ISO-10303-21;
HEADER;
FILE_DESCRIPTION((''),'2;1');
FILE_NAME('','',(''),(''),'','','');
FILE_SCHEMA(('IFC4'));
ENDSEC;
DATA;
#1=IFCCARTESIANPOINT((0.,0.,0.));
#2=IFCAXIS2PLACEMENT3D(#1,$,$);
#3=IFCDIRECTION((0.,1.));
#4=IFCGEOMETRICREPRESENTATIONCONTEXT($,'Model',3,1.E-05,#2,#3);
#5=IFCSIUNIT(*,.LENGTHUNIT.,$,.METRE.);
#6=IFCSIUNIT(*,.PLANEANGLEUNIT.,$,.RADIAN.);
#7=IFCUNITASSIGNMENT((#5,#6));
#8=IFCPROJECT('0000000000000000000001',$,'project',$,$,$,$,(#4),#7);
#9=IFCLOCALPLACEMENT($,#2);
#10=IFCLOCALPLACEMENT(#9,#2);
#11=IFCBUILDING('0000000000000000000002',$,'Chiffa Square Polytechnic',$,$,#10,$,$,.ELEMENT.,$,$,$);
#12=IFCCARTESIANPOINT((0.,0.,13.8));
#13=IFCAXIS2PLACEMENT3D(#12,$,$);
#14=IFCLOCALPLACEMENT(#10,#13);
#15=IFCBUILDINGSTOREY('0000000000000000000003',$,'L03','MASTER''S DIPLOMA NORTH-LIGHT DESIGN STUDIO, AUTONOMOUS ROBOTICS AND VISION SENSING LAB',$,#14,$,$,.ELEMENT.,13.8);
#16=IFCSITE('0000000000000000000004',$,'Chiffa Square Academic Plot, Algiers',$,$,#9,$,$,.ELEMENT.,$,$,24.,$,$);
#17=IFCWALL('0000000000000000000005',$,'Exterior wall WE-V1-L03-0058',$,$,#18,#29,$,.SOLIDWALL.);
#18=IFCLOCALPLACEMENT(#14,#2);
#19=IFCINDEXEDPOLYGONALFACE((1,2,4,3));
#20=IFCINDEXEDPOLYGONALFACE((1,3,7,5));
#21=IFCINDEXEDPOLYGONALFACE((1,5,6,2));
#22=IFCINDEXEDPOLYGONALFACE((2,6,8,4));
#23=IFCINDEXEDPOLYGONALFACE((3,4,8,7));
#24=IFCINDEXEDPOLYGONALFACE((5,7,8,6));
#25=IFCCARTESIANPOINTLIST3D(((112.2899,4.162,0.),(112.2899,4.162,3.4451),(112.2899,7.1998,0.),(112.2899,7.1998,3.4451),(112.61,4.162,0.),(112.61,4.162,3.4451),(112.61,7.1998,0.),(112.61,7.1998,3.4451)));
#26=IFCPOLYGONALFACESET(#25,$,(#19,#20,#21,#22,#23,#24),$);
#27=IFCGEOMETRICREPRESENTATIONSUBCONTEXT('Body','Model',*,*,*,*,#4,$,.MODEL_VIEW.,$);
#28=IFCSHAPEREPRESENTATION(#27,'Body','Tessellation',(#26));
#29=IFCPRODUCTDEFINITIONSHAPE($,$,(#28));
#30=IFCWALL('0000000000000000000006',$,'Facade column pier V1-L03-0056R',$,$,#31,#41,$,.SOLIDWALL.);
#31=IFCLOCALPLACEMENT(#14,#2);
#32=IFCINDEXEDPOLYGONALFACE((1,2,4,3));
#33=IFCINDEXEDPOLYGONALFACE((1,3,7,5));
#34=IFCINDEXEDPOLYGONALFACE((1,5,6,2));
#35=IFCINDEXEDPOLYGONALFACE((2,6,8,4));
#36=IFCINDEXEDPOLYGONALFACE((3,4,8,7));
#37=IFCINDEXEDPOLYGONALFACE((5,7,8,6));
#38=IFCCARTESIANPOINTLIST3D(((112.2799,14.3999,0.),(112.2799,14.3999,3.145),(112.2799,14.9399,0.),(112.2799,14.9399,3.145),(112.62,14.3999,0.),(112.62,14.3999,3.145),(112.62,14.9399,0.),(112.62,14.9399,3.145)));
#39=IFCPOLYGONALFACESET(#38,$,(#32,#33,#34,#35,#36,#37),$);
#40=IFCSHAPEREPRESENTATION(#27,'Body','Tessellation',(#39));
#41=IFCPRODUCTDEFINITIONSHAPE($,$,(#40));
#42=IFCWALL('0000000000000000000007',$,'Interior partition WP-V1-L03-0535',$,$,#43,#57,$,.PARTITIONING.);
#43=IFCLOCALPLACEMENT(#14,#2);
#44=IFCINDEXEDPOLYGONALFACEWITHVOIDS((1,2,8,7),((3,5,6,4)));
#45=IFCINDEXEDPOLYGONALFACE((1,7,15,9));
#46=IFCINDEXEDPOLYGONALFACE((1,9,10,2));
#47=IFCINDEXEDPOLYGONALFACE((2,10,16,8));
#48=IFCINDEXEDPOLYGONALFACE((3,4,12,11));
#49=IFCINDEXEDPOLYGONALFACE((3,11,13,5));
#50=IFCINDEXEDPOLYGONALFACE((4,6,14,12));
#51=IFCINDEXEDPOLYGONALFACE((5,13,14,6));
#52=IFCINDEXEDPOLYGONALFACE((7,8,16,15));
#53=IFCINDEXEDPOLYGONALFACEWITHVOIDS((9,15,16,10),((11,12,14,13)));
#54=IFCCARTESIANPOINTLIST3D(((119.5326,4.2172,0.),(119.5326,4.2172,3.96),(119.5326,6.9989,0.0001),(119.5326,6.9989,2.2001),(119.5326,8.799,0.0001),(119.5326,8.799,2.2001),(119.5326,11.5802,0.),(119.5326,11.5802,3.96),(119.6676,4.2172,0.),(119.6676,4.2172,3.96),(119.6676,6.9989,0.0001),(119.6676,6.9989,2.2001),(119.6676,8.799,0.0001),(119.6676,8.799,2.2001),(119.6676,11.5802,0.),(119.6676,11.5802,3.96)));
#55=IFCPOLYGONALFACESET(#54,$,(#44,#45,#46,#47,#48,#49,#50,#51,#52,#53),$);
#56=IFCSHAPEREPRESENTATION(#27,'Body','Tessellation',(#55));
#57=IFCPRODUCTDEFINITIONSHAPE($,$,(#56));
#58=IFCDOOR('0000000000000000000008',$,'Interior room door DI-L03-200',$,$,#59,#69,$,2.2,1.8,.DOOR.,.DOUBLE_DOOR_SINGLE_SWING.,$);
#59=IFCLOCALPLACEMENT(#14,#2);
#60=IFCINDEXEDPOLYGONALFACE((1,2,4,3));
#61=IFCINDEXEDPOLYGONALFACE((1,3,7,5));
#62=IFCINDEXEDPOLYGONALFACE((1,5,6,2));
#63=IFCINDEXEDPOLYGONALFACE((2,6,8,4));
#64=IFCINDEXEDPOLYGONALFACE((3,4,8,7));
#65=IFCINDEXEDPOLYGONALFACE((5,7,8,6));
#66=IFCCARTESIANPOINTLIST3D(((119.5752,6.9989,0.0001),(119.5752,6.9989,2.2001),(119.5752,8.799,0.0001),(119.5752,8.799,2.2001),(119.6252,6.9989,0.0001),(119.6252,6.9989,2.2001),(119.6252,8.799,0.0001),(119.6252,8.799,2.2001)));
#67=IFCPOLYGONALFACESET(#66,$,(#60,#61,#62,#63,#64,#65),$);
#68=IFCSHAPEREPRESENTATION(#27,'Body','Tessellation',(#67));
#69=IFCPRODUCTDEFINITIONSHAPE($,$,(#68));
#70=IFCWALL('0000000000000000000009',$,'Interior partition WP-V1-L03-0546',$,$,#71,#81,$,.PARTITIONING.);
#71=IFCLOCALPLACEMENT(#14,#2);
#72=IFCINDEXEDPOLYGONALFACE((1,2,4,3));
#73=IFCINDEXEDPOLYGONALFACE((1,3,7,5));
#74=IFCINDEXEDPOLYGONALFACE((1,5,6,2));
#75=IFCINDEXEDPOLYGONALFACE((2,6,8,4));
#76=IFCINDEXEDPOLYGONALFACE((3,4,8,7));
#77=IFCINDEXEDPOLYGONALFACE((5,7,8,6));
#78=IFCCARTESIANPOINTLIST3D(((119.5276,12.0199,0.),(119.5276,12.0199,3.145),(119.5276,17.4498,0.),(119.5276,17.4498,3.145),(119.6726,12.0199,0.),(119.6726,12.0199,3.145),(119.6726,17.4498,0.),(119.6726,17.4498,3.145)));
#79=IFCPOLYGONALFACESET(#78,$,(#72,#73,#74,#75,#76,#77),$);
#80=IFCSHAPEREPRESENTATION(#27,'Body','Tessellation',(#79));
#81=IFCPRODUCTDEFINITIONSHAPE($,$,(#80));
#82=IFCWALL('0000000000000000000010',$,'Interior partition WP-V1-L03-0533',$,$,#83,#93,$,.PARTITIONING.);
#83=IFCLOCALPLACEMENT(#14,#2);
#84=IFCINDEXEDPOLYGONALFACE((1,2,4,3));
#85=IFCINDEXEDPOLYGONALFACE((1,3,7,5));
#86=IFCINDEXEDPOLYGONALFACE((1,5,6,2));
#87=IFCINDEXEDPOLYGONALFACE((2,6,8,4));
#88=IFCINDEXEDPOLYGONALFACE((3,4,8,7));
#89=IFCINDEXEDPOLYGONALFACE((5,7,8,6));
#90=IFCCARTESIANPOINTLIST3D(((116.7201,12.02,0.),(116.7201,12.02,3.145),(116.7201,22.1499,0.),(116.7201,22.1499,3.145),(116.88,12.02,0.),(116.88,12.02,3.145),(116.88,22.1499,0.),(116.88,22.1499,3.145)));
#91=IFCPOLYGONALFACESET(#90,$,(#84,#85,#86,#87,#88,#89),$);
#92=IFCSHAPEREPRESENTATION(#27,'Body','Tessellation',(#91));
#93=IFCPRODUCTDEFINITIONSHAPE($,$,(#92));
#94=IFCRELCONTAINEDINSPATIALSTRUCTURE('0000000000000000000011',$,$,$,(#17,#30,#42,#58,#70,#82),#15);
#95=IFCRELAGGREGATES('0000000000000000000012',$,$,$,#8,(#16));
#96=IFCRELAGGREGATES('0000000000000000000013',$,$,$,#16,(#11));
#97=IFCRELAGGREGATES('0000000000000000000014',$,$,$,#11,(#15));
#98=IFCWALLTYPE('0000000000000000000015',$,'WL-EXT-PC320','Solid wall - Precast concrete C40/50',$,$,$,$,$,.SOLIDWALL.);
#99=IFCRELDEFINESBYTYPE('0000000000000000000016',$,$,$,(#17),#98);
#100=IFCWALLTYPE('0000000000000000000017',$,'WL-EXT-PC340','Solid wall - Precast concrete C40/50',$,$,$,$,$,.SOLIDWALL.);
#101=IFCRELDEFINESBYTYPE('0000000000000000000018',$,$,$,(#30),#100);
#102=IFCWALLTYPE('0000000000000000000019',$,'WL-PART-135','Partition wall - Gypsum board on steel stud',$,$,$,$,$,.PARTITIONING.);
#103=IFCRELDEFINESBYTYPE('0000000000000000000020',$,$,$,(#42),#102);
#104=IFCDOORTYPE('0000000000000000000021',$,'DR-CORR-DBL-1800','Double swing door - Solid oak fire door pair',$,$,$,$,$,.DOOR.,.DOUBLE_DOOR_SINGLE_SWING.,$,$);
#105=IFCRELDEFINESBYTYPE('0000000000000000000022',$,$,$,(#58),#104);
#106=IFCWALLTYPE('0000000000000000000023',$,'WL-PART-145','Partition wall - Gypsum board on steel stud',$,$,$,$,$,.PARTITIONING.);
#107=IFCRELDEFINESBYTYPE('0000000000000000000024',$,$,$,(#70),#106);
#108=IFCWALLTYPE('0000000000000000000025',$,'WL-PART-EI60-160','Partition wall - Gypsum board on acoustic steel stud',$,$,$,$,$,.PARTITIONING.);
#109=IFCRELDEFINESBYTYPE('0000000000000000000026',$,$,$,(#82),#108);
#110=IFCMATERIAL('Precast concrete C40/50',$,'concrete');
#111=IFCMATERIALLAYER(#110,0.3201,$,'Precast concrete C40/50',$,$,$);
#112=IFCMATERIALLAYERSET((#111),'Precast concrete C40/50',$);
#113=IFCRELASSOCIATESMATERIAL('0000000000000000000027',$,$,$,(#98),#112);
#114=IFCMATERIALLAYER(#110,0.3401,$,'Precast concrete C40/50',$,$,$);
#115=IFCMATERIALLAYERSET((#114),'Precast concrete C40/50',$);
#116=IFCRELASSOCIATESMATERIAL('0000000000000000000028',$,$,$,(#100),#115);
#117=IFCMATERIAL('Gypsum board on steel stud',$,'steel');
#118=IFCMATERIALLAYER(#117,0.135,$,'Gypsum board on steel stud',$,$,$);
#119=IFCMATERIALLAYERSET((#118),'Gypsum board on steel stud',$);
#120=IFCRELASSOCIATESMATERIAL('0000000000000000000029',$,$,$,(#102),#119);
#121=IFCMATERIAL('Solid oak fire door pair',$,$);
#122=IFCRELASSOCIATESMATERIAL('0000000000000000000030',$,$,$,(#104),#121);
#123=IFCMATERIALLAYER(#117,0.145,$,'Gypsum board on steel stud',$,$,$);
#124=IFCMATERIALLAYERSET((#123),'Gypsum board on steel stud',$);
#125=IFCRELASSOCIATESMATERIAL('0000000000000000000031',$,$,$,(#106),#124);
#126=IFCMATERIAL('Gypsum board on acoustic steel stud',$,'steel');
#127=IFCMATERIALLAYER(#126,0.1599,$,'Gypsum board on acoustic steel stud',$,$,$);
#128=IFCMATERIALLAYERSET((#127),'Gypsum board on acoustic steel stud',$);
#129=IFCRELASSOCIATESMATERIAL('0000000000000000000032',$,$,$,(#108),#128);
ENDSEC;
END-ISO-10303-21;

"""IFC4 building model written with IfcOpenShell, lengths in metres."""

from ifc_helpers import new_model, si_unit, direction, frame, frame_2d, origin, place, context, subcontext, project, spatial, rectangle, extrude, material, layer, layer_set, type_object, element, fill, save


model = new_model("IFC4")

# Units and contexts
model_context = context("Model", 3, precision=1e-05, world=origin(), true_north=direction((0.0, 1.0)))
body_context = subcontext(model_context, "Body", "Model", "MODEL_VIEW")
ifc_project = project(units=[si_unit("LENGTHUNIT", "METRE"), si_unit("PLANEANGLEUNIT", "RADIAN")], contexts=[model_context])

# Site, building, storey
site_placement = place(None, origin())
site = spatial("IfcSite", under=ifc_project, at=site_placement, Name="Chiffa Square Academic Plot, Algiers", CompositionType="ELEMENT", RefElevation=24.0)
building_placement = place(site_placement, origin())
building = spatial("IfcBuilding", under=site, at=building_placement, Name="Chiffa Square Polytechnic", CompositionType="ELEMENT")
storey_placement = place(building_placement, frame((0.0, 0.0, 13.8)))
storey = spatial("IfcBuildingStorey", under=building, at=storey_placement, Name="L03", Description="MASTER'S DIPLOMA NORTH-LIGHT DESIGN STUDIO, AUTONOMOUS ROBOTICS AND VISION SENSING LAB", CompositionType="ELEMENT", Elevation=13.8)

# Shared definitions
ifc_material_1 = material(Name="Precast concrete C40/50", Category="concrete")

# Walls
ifc_layer_1 = layer(ifc_material_1, 0.3201, Name="Precast concrete C40/50")
ifc_layer_set_1 = layer_set([ifc_layer_1], Name="Precast concrete C40/50")
wall_type_1 = type_object("IfcWallType", Name="WL-EXT-PC320", Description="Solid wall - Precast concrete C40/50", PredefinedType="SOLIDWALL", material=ifc_layer_set_1)
wall_1_placement = place(storey_placement, frame((112.45, 7.2, 0.0), z_axis=(0.0, 0.0, 1.0), x_axis=(0.0, -1.0, 0.0)))
element("IfcWall", 1, at=wall_1_placement, inside=storey, type_object=wall_type_1, Name="Exterior wall WE-V1-L03-0058", PredefinedType="SOLIDWALL", context=body_context, shape_type="SweptSolid", body=[
    extrude(rectangle(XDim=3.0378, YDim=0.3201, at=frame_2d((1.519, 0.0))), origin(), (0.0, 0.0, 1.0), 3.4451),
])
ifc_layer_2 = layer(ifc_material_1, 0.3401, Name="Precast concrete C40/50")
ifc_layer_set_2 = layer_set([ifc_layer_2], Name="Precast concrete C40/50")
wall_type_2 = type_object("IfcWallType", Name="WL-EXT-PC340", Description="Solid wall - Precast concrete C40/50", PredefinedType="SOLIDWALL", material=ifc_layer_set_2)
wall_2_placement = place(storey_placement, frame((112.45, 14.9399, 0.0), z_axis=(0.0, 0.0, 1.0), x_axis=(0.0, -1.0, 0.0)))
element("IfcWall", 2, at=wall_2_placement, inside=storey, type_object=wall_type_2, Name="Facade column pier V1-L03-0056R", PredefinedType="SOLIDWALL", context=body_context, shape_type="SweptSolid", body=[
    extrude(rectangle(XDim=0.54, YDim=0.3401, at=frame_2d((0.27, 0.0))), origin(), (0.0, 0.0, 1.0), 3.145),
])

# Wall, opening, door
ifc_material_2 = material(Name="Gypsum board on steel stud", Category="steel")
ifc_layer_3 = layer(ifc_material_2, 0.135, Name="Gypsum board on steel stud")
ifc_layer_set_3 = layer_set([ifc_layer_3], Name="Gypsum board on steel stud")
wall_type_3 = type_object("IfcWallType", Name="WL-PART-135", Description="Partition wall - Gypsum board on steel stud", PredefinedType="PARTITIONING", material=ifc_layer_set_3)
wall_3_placement = place(storey_placement, frame((119.6001, 4.217, 0.0), z_axis=(0.0, 0.0, 1.0), x_axis=(0.0, 1.0, 0.0)))
wall_3 = element("IfcWall", 3, at=wall_3_placement, inside=storey, type_object=wall_type_3, Name="Interior partition WP-V1-L03-0535", PredefinedType="PARTITIONING", context=body_context, shape_type="SweptSolid", body=[
    extrude(rectangle(XDim=7.363, YDim=0.135, at=frame_2d((3.6816, 0.0))), origin(), (0.0, 0.0, 1.0), 3.96),
])
opening_1_placement = place(wall_3_placement, frame((2.782, 0.0, 0.0)))
opening_1 = element("IfcOpeningElement", 4, at=opening_1_placement, cuts=wall_3, PredefinedType="OPENING", context=body_context, shape_type="SweptSolid", body=[
    extrude(rectangle(XDim=1.8, YDim=2.2, at=frame_2d((0.8999, 1.1001))), frame((0.0, 0.0776, 0.0), z_axis=(0.0, -1.0, 0.0), x_axis=(1.0, 0.0, 0.0)), (0.0, 0.0, 1.0), 0.155),
])
ifc_material_3 = material(Name="Solid oak fire door pair")
door_type_1 = type_object("IfcDoorType", Name="DR-CORR-DBL-1800", Description="Double swing door - Solid oak fire door pair", OperationType="DOUBLE_DOOR_SINGLE_SWING", PredefinedType="DOOR", material=ifc_material_3)
door_1_placement = place(opening_1_placement, origin())
door_1 = element("IfcDoor", 5, at=door_1_placement, inside=storey, type_object=door_type_1, Name="Interior room door DI-L03-200", OperationType="DOUBLE_DOOR_SINGLE_SWING", OverallHeight=2.2, OverallWidth=1.8, PredefinedType="DOOR", context=body_context, shape_type="SweptSolid", body=[
    extrude(rectangle(XDim=1.8, YDim=2.2, at=frame_2d((0.8999, 1.1001))), frame((0.0, 0.0249, 0.0), z_axis=(0.0, -1.0, 0.0), x_axis=(1.0, 0.0, 0.0)), (0.0, 0.0, 1.0), 0.05),
])
fill(opening_1, door_1)

# Wall
ifc_layer_4 = layer(ifc_material_2, 0.145, Name="Gypsum board on steel stud")
ifc_layer_set_4 = layer_set([ifc_layer_4], Name="Gypsum board on steel stud")
wall_type_4 = type_object("IfcWallType", Name="WL-PART-145", Description="Partition wall - Gypsum board on steel stud", PredefinedType="PARTITIONING", material=ifc_layer_set_4)
wall_4_placement = place(storey_placement, frame((119.6001, 12.02, 0.0), z_axis=(0.0, 0.0, 1.0), x_axis=(0.0, 1.0, 0.0)))
element("IfcWall", 6, at=wall_4_placement, inside=storey, type_object=wall_type_4, Name="Interior partition WP-V1-L03-0546", PredefinedType="PARTITIONING", context=body_context, shape_type="SweptSolid", body=[
    extrude(rectangle(XDim=5.4299, YDim=0.145, at=frame_2d((2.7148, 0.0))), origin(), (0.0, 0.0, 1.0), 3.145),
])

# Shared definitions
ifc_material_4 = material(Name="Gypsum board on acoustic steel stud", Category="steel")
ifc_layer_5 = layer(ifc_material_4, 0.1599, Name="Gypsum board on acoustic steel stud")
ifc_layer_set_5 = layer_set([ifc_layer_5], Name="Gypsum board on acoustic steel stud")
wall_type_5 = type_object("IfcWallType", Name="WL-PART-EI60-160", Description="Partition wall - Gypsum board on acoustic steel stud", PredefinedType="PARTITIONING", material=ifc_layer_set_5)

# Wall
wall_5_placement = place(storey_placement, frame((116.8, 12.02, 0.0), z_axis=(0.0, 0.0, 1.0), x_axis=(0.0, 1.0, 0.0)))
element("IfcWall", 7, at=wall_5_placement, inside=storey, type_object=wall_type_5, Name="Interior partition WP-V1-L03-0533", PredefinedType="PARTITIONING", context=body_context, shape_type="SweptSolid", body=[
    extrude(rectangle(XDim=10.1299, YDim=0.1599, at=frame_2d((5.0649, 0.0))), origin(), (0.0, 0.0, 1.0), 3.145),
])

save(model, "model.ifc")
